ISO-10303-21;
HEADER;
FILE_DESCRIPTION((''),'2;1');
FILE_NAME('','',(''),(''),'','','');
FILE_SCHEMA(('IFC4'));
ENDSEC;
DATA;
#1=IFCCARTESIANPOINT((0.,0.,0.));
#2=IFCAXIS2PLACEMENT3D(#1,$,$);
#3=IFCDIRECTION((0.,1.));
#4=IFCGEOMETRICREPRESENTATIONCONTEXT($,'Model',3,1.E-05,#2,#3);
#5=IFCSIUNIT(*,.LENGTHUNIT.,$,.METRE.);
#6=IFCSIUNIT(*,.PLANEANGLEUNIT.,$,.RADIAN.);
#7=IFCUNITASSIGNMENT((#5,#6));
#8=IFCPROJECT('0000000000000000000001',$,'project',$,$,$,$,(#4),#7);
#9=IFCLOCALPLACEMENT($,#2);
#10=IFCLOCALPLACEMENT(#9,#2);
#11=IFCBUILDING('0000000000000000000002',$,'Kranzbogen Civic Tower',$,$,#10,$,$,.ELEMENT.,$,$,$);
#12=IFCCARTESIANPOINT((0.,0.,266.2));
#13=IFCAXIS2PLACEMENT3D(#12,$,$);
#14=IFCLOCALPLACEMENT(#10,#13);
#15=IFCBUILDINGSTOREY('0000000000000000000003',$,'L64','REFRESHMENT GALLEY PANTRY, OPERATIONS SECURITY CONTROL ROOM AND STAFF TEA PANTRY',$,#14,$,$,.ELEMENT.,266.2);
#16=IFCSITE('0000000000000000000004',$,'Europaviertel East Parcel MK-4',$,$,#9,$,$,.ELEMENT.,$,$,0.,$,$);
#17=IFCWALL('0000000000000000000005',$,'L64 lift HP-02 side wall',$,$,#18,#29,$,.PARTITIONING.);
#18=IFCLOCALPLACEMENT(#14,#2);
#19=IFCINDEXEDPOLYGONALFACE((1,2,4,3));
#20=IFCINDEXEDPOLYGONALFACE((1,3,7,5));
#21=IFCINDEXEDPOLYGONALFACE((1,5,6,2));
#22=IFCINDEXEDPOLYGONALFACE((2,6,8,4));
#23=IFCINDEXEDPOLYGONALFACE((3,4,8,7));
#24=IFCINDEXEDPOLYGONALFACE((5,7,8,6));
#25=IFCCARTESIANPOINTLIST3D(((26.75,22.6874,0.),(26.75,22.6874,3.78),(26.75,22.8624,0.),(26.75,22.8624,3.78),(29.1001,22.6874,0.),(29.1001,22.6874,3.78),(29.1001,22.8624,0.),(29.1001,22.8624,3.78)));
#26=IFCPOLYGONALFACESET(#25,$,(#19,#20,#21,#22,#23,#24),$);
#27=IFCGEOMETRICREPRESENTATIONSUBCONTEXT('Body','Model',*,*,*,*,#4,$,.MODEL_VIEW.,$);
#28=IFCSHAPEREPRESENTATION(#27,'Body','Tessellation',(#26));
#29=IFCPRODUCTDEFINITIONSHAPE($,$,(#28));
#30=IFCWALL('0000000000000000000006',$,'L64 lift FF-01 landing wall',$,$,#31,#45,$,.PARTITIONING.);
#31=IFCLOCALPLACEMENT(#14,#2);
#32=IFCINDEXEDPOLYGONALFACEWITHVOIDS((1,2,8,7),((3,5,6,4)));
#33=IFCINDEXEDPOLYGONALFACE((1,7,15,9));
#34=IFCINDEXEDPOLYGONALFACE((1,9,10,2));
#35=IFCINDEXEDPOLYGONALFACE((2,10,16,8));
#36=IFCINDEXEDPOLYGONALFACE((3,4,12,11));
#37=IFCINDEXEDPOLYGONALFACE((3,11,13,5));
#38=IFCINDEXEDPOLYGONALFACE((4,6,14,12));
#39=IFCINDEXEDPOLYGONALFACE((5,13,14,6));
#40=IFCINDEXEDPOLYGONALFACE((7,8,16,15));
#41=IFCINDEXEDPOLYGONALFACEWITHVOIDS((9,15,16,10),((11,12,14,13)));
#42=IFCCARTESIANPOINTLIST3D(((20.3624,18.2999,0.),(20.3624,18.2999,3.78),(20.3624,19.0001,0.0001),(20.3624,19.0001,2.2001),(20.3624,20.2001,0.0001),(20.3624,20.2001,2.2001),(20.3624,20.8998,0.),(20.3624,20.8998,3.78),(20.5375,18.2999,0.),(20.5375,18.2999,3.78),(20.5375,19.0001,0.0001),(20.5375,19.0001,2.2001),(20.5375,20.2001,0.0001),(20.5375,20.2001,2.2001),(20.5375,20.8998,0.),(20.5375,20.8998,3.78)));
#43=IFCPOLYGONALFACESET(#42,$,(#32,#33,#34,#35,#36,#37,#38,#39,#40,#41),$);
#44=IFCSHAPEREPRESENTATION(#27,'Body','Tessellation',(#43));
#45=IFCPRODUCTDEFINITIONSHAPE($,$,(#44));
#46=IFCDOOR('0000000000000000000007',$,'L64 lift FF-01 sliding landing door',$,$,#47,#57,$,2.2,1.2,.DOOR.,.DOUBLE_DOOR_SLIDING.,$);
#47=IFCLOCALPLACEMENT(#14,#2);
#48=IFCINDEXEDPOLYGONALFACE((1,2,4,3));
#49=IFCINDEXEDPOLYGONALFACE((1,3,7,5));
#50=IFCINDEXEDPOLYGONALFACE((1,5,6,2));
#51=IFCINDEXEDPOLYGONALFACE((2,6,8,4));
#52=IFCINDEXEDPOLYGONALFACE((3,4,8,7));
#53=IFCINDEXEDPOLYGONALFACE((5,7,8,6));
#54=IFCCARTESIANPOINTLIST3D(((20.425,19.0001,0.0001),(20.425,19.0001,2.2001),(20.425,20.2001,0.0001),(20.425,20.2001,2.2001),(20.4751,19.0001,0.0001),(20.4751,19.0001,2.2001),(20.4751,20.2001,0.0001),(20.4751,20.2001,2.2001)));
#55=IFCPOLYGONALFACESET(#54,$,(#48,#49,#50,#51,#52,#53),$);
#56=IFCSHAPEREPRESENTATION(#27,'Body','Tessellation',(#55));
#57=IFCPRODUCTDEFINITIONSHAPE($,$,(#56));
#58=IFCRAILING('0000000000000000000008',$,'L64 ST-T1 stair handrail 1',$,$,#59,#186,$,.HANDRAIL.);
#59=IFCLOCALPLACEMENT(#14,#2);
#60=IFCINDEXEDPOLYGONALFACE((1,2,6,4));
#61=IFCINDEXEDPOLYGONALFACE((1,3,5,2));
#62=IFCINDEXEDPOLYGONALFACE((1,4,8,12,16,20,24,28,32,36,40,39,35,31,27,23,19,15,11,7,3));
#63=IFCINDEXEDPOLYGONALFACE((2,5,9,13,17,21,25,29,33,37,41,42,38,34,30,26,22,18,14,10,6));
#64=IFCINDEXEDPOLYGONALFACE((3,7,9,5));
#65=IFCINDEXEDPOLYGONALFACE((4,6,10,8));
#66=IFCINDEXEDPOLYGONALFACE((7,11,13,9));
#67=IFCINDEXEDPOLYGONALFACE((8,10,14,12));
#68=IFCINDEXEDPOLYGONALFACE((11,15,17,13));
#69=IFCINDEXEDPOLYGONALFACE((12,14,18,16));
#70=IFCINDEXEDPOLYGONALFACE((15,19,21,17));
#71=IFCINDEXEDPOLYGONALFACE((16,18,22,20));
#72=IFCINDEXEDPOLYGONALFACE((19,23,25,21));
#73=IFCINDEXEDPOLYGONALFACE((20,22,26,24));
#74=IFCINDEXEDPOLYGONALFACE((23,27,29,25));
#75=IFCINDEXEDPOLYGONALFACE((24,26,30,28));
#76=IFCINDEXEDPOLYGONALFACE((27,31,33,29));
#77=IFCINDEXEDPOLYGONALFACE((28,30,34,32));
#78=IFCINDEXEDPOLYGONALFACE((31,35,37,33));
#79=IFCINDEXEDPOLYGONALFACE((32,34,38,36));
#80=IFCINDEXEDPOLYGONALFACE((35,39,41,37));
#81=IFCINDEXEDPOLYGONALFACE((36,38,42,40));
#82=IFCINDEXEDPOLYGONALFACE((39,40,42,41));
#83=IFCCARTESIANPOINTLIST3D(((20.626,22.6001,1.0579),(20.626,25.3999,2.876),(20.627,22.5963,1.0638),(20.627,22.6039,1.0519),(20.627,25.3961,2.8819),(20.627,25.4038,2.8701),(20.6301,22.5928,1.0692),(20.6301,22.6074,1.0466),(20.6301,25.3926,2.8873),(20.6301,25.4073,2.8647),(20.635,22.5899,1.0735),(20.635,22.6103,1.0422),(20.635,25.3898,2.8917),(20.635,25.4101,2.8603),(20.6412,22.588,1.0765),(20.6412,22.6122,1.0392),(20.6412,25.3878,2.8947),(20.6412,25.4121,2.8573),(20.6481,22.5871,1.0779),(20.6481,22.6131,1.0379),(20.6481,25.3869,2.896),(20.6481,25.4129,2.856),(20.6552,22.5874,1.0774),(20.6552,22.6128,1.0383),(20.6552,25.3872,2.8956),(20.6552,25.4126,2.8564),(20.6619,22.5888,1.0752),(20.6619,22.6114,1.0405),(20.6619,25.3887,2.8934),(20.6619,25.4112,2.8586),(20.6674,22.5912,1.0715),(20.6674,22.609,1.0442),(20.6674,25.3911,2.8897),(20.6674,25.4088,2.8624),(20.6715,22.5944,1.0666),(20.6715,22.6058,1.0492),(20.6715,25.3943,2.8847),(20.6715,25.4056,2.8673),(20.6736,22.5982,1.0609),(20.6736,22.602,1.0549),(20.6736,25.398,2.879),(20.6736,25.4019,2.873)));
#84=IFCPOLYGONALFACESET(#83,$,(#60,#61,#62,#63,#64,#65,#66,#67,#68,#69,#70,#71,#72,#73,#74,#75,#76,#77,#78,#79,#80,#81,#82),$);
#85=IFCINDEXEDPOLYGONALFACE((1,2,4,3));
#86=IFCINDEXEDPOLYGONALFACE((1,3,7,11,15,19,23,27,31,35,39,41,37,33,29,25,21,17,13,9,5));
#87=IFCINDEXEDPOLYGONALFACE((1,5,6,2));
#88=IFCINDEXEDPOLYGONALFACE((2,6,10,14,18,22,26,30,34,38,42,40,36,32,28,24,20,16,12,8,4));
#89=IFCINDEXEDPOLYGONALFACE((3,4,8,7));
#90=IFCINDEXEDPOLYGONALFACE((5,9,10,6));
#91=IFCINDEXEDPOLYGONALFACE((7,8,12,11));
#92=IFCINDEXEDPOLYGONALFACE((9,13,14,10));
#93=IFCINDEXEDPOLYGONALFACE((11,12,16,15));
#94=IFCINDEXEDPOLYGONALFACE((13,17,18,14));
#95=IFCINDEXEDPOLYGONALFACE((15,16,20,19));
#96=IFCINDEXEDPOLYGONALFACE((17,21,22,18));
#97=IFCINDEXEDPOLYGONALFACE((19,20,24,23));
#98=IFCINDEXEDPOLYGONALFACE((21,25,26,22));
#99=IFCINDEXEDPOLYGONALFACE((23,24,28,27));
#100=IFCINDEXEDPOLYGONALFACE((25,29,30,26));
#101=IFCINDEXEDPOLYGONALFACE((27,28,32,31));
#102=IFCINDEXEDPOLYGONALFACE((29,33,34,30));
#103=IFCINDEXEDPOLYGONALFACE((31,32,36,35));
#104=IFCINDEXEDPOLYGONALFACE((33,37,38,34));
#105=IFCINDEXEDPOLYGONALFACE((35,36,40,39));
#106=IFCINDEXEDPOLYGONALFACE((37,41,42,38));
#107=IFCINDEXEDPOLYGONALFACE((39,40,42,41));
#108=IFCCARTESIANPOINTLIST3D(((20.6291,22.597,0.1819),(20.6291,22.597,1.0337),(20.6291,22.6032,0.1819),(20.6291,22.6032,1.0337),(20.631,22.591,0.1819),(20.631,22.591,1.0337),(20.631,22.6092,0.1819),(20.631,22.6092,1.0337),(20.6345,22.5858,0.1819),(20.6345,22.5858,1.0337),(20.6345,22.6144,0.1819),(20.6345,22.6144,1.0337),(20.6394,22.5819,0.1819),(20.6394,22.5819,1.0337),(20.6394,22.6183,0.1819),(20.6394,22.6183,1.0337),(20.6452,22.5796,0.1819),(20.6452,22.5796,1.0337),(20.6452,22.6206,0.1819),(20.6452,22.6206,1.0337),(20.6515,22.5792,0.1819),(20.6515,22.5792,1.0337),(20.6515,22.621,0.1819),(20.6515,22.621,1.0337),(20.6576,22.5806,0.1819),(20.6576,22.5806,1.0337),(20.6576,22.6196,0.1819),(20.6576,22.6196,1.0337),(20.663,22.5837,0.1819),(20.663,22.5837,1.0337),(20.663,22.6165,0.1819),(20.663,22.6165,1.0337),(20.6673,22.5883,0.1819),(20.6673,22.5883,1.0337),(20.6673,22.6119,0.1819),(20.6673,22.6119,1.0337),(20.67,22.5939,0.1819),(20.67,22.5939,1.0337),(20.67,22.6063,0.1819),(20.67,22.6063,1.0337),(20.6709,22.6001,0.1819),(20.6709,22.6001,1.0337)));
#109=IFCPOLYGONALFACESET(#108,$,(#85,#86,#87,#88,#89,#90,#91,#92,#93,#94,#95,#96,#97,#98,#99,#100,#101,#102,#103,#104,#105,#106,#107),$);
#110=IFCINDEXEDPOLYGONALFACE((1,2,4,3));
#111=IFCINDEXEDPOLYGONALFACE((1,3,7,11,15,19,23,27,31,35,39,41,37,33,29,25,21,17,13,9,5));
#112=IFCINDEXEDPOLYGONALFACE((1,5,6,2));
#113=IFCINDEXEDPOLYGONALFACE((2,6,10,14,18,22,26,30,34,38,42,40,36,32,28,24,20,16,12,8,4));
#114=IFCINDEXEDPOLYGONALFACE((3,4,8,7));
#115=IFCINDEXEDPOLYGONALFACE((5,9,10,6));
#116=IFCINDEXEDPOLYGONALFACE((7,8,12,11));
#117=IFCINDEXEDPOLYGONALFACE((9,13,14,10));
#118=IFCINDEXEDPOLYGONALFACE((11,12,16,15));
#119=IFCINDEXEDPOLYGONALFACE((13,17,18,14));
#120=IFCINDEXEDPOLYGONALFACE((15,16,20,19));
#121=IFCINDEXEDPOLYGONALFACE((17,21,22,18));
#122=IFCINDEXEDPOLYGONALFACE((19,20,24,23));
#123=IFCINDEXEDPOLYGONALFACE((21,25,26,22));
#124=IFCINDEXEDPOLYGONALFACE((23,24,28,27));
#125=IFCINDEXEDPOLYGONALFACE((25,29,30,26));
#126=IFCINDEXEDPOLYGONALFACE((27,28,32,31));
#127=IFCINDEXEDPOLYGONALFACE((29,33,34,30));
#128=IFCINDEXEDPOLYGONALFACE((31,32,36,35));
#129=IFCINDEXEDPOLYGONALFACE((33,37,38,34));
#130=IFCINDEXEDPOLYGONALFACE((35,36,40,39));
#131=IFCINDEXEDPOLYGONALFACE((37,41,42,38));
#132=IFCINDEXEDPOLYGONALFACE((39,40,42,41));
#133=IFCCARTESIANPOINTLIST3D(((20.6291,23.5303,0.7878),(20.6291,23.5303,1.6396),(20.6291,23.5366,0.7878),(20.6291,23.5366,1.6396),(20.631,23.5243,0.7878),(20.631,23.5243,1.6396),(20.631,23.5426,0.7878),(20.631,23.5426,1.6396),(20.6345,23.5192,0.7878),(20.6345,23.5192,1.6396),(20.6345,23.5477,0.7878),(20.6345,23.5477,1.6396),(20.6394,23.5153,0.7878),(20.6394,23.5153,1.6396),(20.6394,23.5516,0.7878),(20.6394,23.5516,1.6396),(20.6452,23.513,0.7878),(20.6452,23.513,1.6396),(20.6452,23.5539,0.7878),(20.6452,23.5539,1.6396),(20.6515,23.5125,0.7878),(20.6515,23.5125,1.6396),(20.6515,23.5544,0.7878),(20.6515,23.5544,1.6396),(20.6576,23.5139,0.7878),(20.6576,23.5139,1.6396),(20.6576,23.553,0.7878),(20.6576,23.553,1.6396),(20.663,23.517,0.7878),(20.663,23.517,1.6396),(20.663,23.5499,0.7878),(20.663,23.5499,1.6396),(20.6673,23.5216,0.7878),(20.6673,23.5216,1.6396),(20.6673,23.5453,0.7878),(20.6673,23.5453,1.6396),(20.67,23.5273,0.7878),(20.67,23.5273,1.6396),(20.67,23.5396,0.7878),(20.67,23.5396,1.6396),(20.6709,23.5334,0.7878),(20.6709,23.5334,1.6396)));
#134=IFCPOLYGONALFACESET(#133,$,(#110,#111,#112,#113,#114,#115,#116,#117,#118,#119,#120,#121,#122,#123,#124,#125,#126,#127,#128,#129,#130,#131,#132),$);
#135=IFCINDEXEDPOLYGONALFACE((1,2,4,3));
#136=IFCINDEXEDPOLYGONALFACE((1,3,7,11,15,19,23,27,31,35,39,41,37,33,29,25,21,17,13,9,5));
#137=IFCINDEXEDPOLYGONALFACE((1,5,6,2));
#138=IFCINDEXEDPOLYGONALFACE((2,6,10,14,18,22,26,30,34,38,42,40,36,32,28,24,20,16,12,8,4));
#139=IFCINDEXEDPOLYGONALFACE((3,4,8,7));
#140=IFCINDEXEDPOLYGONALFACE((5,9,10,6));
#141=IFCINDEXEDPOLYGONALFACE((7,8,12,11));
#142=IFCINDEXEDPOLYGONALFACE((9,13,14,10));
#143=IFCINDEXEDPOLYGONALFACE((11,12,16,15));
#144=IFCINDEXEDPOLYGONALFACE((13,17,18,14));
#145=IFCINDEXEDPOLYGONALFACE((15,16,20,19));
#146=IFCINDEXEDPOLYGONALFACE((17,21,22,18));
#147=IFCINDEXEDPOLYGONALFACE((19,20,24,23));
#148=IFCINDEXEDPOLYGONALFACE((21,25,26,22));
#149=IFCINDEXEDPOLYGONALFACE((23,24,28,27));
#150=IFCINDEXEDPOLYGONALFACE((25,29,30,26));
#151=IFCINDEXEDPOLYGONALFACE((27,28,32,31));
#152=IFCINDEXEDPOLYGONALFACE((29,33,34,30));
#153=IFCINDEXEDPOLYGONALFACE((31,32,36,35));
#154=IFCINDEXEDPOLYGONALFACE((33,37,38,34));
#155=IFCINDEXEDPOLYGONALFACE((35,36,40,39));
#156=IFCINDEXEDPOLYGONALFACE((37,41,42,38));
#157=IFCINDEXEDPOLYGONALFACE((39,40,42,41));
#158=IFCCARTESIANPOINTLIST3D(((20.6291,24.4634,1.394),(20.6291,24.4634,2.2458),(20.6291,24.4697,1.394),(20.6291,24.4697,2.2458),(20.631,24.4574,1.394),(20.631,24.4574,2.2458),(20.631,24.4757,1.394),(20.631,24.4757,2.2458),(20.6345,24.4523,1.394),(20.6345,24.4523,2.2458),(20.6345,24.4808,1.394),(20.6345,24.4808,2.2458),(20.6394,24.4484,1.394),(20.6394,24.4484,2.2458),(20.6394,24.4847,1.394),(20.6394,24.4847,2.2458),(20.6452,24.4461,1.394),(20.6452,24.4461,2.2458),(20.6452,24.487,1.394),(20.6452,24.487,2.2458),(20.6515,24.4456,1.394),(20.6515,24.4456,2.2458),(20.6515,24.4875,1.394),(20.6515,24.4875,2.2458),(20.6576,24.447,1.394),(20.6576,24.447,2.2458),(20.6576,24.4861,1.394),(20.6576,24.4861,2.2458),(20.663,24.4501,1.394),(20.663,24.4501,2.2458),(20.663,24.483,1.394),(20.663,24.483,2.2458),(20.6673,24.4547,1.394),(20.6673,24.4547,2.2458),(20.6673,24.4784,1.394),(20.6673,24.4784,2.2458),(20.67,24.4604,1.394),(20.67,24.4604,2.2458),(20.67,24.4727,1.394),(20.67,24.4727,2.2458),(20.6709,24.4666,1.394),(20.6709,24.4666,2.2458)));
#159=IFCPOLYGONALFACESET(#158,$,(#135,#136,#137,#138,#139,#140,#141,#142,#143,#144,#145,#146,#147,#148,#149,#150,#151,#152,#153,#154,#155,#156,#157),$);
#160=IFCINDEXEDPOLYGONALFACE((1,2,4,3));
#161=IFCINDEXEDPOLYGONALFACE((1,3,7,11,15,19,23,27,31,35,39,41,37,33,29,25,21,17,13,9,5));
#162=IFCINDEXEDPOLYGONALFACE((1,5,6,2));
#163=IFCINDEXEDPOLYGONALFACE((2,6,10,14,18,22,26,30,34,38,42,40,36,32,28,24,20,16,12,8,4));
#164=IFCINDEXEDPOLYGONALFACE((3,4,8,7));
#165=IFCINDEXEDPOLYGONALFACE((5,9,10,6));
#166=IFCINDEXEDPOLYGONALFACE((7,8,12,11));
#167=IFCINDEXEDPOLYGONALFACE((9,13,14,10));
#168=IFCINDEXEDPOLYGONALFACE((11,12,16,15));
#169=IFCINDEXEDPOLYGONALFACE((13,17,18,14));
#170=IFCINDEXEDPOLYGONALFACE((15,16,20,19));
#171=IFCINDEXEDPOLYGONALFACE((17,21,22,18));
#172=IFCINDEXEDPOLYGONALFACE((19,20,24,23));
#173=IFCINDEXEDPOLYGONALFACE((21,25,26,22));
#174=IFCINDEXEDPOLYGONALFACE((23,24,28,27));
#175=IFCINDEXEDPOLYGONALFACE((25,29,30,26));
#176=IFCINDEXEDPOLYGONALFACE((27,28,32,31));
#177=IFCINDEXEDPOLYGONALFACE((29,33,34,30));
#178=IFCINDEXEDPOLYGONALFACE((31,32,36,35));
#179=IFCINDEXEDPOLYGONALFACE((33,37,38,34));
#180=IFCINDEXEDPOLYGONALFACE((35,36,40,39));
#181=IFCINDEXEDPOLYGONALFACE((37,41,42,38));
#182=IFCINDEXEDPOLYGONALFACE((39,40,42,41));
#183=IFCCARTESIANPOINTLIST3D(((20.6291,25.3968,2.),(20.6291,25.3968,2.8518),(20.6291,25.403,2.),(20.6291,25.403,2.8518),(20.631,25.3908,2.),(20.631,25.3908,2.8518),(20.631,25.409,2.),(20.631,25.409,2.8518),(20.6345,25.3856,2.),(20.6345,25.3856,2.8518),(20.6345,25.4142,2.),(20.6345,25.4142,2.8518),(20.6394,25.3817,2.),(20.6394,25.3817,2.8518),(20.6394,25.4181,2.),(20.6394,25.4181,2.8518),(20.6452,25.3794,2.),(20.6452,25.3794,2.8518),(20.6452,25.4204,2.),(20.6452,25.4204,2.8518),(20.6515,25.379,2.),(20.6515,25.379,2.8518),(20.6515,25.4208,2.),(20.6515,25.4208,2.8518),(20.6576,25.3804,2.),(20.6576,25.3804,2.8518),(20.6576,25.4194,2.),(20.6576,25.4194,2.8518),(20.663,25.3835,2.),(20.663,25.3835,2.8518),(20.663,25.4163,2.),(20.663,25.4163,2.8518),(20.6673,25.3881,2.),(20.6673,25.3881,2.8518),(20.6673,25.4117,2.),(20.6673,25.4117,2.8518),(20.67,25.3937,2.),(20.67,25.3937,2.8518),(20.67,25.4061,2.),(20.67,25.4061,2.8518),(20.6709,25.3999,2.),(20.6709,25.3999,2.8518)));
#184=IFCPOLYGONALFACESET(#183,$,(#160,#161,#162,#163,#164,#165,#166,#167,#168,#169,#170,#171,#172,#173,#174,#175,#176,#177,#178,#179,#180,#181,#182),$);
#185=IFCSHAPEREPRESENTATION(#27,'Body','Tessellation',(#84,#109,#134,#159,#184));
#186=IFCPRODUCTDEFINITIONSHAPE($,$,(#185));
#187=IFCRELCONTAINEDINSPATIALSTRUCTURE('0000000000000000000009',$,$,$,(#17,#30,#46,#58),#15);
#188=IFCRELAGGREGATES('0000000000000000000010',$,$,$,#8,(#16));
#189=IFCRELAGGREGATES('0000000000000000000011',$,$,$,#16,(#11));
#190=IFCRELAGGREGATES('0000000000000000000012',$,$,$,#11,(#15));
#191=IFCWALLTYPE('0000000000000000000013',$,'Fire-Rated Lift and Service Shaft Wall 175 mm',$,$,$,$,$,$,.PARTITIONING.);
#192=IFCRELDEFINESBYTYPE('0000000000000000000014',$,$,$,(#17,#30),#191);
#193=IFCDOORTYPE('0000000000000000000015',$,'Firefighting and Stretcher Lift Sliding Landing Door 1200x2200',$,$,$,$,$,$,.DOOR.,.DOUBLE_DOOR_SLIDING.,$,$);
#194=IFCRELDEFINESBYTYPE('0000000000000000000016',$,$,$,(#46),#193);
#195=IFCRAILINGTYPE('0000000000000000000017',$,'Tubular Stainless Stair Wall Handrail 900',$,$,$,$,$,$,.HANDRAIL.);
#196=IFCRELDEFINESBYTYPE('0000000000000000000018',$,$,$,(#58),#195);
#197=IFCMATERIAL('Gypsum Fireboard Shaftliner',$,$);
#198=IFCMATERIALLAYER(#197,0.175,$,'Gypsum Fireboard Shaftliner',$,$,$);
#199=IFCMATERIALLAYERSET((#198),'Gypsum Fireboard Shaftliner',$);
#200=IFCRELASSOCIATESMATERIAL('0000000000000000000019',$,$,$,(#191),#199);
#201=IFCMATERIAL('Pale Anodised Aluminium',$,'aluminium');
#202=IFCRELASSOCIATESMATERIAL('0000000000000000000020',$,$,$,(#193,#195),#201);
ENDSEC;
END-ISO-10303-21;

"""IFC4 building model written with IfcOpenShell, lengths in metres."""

from ifc_helpers import new_model, si_unit, direction, frame, frame_2d, origin, origin_2d, place, context, subcontext, project, spatial, rectangle, circle, extrude, material, layer, layer_set, type_object, element, fill, save


model = new_model("IFC4")

# Units and contexts
model_context = context("Model", 3, precision=1e-05, world=origin(), true_north=direction((0.0, 1.0)))
body_context = subcontext(model_context, "Body", "Model", "MODEL_VIEW")
ifc_project = project(units=[si_unit("LENGTHUNIT", "METRE"), si_unit("PLANEANGLEUNIT", "RADIAN")], contexts=[model_context])

# Site, building, storey
site_placement = place(None, origin())
site = spatial("IfcSite", under=ifc_project, at=site_placement, Name="Europaviertel East Parcel MK-4", CompositionType="ELEMENT", RefElevation=0.0)
building_placement = place(site_placement, origin())
building = spatial("IfcBuilding", under=site, at=building_placement, Name="Kranzbogen Civic Tower", CompositionType="ELEMENT")
storey_placement = place(building_placement, frame((0.0, 0.0, 266.2)))
storey = spatial("IfcBuildingStorey", under=building, at=storey_placement, Name="L64", Description="REFRESHMENT GALLEY PANTRY, OPERATIONS SECURITY CONTROL ROOM AND STAFF TEA PANTRY", CompositionType="ELEMENT", Elevation=266.2)

# Shared definitions
ifc_material_1 = material(Name="Pale Anodised Aluminium", Category="aluminium")

# Shared definitions
ifc_material_2 = material(Name="Gypsum Fireboard Shaftliner")
ifc_layer_1 = layer(ifc_material_2, 0.175, Name="Gypsum Fireboard Shaftliner")
ifc_layer_set_1 = layer_set([ifc_layer_1], Name="Gypsum Fireboard Shaftliner")
wall_type_1 = type_object("IfcWallType", Name="Fire-Rated Lift and Service Shaft Wall 175 mm", PredefinedType="PARTITIONING", material=ifc_layer_set_1)

# Wall
wall_1_placement = place(storey_placement, frame((26.75, 22.7749, 0.0), z_axis=(0.0, 0.0, 1.0), x_axis=(1.0, 0.0, 0.0)))
element("IfcWall", 1, at=wall_1_placement, inside=storey, type_object=wall_type_1, Name="L64 lift HP-02 side wall", PredefinedType="PARTITIONING", context=body_context, shape_type="SweptSolid", body=[
    extrude(rectangle(XDim=2.3501, YDim=0.175, at=frame_2d((1.175, 0.0))), origin(), (0.0, 0.0, 1.0), 3.78),
])

# Wall, opening, door
wall_2_placement = place(storey_placement, frame((20.45, 18.3, 0.0), z_axis=(0.0, 0.0, 1.0), x_axis=(0.0, 1.0, 0.0)))
wall_2 = element("IfcWall", 2, at=wall_2_placement, inside=storey, type_object=wall_type_1, Name="L64 lift FF-01 landing wall", PredefinedType="PARTITIONING", context=body_context, shape_type="SweptSolid", body=[
    extrude(rectangle(XDim=2.5999, YDim=0.175, at=frame_2d((1.2998, 0.0))), origin(), (0.0, 0.0, 1.0), 3.78),
])
opening_1_placement = place(wall_2_placement, frame((0.7, 0.0, 0.0)))
opening_1 = element("IfcOpeningElement", 3, at=opening_1_placement, cuts=wall_2, PredefinedType="OPENING", context=body_context, shape_type="SweptSolid", body=[
    extrude(rectangle(XDim=1.2, YDim=2.2, at=frame_2d((0.6001, 1.1001))), frame((0.0, 0.0977, 0.0), z_axis=(0.0, -1.0, 0.0), x_axis=(1.0, 0.0, 0.0)), (0.0, 0.0, 1.0), 0.1951),
])
door_type_1 = type_object("IfcDoorType", Name="Firefighting and Stretcher Lift Sliding Landing Door 1200x2200", OperationType="DOUBLE_DOOR_SLIDING", PredefinedType="DOOR", material=ifc_material_1)
door_1_placement = place(opening_1_placement, origin())
door_1 = element("IfcDoor", 4, at=door_1_placement, inside=storey, type_object=door_type_1, Name="L64 lift FF-01 sliding landing door", OperationType="DOUBLE_DOOR_SLIDING", OverallHeight=2.2, OverallWidth=1.2, PredefinedType="DOOR", context=body_context, shape_type="SweptSolid", body=[
    extrude(rectangle(XDim=1.2, YDim=2.2, at=frame_2d((0.6001, 1.1001))), frame((0.0, 0.0249, 0.0), z_axis=(0.0, -1.0, 0.0), x_axis=(1.0, 0.0, 0.0)), (0.0, 0.0, 1.0), 0.05),
])
fill(opening_1, door_1)

# Railing
railing_type = type_object("IfcRailingType", Name="Tubular Stainless Stair Wall Handrail 900", PredefinedType="HANDRAIL", material=ifc_material_1)
railing_placement = place(storey_placement, frame((20.6499, 22.6001, 0.1819)))
element("IfcRailing", 5, at=railing_placement, inside=storey, type_object=railing_type, Name="L64 ST-T1 stair handrail 1", PredefinedType="HANDRAIL", context=body_context, shape_type="SweptSolid", body=[
    extrude(circle(Radius=0.0239, at=origin_2d()), frame((0.0, 0.0, 0.876), z_axis=(0.0, 0.838684, 0.544618), x_axis=(-1.0, 0.0, 0.0)), (0.0, 0.0, 1.0), 3.3384),
    extrude(circle(Radius=0.021, at=origin_2d()), origin(), (0.0, 0.0, 1.0), 0.8518),
    extrude(circle(Radius=0.021, at=origin_2d()), frame((0.0, 0.9333, 0.606)), (0.0, 0.0, 1.0), 0.8518),
    extrude(circle(Radius=0.021, at=origin_2d()), frame((0.0, 1.8665, 1.2122)), (0.0, 0.0, 1.0), 0.8518),
    extrude(circle(Radius=0.021, at=origin_2d()), frame((0.0, 2.7998, 1.8181)), (0.0, 0.0, 1.0), 0.8518),
])

save(model, "model.ifc")
